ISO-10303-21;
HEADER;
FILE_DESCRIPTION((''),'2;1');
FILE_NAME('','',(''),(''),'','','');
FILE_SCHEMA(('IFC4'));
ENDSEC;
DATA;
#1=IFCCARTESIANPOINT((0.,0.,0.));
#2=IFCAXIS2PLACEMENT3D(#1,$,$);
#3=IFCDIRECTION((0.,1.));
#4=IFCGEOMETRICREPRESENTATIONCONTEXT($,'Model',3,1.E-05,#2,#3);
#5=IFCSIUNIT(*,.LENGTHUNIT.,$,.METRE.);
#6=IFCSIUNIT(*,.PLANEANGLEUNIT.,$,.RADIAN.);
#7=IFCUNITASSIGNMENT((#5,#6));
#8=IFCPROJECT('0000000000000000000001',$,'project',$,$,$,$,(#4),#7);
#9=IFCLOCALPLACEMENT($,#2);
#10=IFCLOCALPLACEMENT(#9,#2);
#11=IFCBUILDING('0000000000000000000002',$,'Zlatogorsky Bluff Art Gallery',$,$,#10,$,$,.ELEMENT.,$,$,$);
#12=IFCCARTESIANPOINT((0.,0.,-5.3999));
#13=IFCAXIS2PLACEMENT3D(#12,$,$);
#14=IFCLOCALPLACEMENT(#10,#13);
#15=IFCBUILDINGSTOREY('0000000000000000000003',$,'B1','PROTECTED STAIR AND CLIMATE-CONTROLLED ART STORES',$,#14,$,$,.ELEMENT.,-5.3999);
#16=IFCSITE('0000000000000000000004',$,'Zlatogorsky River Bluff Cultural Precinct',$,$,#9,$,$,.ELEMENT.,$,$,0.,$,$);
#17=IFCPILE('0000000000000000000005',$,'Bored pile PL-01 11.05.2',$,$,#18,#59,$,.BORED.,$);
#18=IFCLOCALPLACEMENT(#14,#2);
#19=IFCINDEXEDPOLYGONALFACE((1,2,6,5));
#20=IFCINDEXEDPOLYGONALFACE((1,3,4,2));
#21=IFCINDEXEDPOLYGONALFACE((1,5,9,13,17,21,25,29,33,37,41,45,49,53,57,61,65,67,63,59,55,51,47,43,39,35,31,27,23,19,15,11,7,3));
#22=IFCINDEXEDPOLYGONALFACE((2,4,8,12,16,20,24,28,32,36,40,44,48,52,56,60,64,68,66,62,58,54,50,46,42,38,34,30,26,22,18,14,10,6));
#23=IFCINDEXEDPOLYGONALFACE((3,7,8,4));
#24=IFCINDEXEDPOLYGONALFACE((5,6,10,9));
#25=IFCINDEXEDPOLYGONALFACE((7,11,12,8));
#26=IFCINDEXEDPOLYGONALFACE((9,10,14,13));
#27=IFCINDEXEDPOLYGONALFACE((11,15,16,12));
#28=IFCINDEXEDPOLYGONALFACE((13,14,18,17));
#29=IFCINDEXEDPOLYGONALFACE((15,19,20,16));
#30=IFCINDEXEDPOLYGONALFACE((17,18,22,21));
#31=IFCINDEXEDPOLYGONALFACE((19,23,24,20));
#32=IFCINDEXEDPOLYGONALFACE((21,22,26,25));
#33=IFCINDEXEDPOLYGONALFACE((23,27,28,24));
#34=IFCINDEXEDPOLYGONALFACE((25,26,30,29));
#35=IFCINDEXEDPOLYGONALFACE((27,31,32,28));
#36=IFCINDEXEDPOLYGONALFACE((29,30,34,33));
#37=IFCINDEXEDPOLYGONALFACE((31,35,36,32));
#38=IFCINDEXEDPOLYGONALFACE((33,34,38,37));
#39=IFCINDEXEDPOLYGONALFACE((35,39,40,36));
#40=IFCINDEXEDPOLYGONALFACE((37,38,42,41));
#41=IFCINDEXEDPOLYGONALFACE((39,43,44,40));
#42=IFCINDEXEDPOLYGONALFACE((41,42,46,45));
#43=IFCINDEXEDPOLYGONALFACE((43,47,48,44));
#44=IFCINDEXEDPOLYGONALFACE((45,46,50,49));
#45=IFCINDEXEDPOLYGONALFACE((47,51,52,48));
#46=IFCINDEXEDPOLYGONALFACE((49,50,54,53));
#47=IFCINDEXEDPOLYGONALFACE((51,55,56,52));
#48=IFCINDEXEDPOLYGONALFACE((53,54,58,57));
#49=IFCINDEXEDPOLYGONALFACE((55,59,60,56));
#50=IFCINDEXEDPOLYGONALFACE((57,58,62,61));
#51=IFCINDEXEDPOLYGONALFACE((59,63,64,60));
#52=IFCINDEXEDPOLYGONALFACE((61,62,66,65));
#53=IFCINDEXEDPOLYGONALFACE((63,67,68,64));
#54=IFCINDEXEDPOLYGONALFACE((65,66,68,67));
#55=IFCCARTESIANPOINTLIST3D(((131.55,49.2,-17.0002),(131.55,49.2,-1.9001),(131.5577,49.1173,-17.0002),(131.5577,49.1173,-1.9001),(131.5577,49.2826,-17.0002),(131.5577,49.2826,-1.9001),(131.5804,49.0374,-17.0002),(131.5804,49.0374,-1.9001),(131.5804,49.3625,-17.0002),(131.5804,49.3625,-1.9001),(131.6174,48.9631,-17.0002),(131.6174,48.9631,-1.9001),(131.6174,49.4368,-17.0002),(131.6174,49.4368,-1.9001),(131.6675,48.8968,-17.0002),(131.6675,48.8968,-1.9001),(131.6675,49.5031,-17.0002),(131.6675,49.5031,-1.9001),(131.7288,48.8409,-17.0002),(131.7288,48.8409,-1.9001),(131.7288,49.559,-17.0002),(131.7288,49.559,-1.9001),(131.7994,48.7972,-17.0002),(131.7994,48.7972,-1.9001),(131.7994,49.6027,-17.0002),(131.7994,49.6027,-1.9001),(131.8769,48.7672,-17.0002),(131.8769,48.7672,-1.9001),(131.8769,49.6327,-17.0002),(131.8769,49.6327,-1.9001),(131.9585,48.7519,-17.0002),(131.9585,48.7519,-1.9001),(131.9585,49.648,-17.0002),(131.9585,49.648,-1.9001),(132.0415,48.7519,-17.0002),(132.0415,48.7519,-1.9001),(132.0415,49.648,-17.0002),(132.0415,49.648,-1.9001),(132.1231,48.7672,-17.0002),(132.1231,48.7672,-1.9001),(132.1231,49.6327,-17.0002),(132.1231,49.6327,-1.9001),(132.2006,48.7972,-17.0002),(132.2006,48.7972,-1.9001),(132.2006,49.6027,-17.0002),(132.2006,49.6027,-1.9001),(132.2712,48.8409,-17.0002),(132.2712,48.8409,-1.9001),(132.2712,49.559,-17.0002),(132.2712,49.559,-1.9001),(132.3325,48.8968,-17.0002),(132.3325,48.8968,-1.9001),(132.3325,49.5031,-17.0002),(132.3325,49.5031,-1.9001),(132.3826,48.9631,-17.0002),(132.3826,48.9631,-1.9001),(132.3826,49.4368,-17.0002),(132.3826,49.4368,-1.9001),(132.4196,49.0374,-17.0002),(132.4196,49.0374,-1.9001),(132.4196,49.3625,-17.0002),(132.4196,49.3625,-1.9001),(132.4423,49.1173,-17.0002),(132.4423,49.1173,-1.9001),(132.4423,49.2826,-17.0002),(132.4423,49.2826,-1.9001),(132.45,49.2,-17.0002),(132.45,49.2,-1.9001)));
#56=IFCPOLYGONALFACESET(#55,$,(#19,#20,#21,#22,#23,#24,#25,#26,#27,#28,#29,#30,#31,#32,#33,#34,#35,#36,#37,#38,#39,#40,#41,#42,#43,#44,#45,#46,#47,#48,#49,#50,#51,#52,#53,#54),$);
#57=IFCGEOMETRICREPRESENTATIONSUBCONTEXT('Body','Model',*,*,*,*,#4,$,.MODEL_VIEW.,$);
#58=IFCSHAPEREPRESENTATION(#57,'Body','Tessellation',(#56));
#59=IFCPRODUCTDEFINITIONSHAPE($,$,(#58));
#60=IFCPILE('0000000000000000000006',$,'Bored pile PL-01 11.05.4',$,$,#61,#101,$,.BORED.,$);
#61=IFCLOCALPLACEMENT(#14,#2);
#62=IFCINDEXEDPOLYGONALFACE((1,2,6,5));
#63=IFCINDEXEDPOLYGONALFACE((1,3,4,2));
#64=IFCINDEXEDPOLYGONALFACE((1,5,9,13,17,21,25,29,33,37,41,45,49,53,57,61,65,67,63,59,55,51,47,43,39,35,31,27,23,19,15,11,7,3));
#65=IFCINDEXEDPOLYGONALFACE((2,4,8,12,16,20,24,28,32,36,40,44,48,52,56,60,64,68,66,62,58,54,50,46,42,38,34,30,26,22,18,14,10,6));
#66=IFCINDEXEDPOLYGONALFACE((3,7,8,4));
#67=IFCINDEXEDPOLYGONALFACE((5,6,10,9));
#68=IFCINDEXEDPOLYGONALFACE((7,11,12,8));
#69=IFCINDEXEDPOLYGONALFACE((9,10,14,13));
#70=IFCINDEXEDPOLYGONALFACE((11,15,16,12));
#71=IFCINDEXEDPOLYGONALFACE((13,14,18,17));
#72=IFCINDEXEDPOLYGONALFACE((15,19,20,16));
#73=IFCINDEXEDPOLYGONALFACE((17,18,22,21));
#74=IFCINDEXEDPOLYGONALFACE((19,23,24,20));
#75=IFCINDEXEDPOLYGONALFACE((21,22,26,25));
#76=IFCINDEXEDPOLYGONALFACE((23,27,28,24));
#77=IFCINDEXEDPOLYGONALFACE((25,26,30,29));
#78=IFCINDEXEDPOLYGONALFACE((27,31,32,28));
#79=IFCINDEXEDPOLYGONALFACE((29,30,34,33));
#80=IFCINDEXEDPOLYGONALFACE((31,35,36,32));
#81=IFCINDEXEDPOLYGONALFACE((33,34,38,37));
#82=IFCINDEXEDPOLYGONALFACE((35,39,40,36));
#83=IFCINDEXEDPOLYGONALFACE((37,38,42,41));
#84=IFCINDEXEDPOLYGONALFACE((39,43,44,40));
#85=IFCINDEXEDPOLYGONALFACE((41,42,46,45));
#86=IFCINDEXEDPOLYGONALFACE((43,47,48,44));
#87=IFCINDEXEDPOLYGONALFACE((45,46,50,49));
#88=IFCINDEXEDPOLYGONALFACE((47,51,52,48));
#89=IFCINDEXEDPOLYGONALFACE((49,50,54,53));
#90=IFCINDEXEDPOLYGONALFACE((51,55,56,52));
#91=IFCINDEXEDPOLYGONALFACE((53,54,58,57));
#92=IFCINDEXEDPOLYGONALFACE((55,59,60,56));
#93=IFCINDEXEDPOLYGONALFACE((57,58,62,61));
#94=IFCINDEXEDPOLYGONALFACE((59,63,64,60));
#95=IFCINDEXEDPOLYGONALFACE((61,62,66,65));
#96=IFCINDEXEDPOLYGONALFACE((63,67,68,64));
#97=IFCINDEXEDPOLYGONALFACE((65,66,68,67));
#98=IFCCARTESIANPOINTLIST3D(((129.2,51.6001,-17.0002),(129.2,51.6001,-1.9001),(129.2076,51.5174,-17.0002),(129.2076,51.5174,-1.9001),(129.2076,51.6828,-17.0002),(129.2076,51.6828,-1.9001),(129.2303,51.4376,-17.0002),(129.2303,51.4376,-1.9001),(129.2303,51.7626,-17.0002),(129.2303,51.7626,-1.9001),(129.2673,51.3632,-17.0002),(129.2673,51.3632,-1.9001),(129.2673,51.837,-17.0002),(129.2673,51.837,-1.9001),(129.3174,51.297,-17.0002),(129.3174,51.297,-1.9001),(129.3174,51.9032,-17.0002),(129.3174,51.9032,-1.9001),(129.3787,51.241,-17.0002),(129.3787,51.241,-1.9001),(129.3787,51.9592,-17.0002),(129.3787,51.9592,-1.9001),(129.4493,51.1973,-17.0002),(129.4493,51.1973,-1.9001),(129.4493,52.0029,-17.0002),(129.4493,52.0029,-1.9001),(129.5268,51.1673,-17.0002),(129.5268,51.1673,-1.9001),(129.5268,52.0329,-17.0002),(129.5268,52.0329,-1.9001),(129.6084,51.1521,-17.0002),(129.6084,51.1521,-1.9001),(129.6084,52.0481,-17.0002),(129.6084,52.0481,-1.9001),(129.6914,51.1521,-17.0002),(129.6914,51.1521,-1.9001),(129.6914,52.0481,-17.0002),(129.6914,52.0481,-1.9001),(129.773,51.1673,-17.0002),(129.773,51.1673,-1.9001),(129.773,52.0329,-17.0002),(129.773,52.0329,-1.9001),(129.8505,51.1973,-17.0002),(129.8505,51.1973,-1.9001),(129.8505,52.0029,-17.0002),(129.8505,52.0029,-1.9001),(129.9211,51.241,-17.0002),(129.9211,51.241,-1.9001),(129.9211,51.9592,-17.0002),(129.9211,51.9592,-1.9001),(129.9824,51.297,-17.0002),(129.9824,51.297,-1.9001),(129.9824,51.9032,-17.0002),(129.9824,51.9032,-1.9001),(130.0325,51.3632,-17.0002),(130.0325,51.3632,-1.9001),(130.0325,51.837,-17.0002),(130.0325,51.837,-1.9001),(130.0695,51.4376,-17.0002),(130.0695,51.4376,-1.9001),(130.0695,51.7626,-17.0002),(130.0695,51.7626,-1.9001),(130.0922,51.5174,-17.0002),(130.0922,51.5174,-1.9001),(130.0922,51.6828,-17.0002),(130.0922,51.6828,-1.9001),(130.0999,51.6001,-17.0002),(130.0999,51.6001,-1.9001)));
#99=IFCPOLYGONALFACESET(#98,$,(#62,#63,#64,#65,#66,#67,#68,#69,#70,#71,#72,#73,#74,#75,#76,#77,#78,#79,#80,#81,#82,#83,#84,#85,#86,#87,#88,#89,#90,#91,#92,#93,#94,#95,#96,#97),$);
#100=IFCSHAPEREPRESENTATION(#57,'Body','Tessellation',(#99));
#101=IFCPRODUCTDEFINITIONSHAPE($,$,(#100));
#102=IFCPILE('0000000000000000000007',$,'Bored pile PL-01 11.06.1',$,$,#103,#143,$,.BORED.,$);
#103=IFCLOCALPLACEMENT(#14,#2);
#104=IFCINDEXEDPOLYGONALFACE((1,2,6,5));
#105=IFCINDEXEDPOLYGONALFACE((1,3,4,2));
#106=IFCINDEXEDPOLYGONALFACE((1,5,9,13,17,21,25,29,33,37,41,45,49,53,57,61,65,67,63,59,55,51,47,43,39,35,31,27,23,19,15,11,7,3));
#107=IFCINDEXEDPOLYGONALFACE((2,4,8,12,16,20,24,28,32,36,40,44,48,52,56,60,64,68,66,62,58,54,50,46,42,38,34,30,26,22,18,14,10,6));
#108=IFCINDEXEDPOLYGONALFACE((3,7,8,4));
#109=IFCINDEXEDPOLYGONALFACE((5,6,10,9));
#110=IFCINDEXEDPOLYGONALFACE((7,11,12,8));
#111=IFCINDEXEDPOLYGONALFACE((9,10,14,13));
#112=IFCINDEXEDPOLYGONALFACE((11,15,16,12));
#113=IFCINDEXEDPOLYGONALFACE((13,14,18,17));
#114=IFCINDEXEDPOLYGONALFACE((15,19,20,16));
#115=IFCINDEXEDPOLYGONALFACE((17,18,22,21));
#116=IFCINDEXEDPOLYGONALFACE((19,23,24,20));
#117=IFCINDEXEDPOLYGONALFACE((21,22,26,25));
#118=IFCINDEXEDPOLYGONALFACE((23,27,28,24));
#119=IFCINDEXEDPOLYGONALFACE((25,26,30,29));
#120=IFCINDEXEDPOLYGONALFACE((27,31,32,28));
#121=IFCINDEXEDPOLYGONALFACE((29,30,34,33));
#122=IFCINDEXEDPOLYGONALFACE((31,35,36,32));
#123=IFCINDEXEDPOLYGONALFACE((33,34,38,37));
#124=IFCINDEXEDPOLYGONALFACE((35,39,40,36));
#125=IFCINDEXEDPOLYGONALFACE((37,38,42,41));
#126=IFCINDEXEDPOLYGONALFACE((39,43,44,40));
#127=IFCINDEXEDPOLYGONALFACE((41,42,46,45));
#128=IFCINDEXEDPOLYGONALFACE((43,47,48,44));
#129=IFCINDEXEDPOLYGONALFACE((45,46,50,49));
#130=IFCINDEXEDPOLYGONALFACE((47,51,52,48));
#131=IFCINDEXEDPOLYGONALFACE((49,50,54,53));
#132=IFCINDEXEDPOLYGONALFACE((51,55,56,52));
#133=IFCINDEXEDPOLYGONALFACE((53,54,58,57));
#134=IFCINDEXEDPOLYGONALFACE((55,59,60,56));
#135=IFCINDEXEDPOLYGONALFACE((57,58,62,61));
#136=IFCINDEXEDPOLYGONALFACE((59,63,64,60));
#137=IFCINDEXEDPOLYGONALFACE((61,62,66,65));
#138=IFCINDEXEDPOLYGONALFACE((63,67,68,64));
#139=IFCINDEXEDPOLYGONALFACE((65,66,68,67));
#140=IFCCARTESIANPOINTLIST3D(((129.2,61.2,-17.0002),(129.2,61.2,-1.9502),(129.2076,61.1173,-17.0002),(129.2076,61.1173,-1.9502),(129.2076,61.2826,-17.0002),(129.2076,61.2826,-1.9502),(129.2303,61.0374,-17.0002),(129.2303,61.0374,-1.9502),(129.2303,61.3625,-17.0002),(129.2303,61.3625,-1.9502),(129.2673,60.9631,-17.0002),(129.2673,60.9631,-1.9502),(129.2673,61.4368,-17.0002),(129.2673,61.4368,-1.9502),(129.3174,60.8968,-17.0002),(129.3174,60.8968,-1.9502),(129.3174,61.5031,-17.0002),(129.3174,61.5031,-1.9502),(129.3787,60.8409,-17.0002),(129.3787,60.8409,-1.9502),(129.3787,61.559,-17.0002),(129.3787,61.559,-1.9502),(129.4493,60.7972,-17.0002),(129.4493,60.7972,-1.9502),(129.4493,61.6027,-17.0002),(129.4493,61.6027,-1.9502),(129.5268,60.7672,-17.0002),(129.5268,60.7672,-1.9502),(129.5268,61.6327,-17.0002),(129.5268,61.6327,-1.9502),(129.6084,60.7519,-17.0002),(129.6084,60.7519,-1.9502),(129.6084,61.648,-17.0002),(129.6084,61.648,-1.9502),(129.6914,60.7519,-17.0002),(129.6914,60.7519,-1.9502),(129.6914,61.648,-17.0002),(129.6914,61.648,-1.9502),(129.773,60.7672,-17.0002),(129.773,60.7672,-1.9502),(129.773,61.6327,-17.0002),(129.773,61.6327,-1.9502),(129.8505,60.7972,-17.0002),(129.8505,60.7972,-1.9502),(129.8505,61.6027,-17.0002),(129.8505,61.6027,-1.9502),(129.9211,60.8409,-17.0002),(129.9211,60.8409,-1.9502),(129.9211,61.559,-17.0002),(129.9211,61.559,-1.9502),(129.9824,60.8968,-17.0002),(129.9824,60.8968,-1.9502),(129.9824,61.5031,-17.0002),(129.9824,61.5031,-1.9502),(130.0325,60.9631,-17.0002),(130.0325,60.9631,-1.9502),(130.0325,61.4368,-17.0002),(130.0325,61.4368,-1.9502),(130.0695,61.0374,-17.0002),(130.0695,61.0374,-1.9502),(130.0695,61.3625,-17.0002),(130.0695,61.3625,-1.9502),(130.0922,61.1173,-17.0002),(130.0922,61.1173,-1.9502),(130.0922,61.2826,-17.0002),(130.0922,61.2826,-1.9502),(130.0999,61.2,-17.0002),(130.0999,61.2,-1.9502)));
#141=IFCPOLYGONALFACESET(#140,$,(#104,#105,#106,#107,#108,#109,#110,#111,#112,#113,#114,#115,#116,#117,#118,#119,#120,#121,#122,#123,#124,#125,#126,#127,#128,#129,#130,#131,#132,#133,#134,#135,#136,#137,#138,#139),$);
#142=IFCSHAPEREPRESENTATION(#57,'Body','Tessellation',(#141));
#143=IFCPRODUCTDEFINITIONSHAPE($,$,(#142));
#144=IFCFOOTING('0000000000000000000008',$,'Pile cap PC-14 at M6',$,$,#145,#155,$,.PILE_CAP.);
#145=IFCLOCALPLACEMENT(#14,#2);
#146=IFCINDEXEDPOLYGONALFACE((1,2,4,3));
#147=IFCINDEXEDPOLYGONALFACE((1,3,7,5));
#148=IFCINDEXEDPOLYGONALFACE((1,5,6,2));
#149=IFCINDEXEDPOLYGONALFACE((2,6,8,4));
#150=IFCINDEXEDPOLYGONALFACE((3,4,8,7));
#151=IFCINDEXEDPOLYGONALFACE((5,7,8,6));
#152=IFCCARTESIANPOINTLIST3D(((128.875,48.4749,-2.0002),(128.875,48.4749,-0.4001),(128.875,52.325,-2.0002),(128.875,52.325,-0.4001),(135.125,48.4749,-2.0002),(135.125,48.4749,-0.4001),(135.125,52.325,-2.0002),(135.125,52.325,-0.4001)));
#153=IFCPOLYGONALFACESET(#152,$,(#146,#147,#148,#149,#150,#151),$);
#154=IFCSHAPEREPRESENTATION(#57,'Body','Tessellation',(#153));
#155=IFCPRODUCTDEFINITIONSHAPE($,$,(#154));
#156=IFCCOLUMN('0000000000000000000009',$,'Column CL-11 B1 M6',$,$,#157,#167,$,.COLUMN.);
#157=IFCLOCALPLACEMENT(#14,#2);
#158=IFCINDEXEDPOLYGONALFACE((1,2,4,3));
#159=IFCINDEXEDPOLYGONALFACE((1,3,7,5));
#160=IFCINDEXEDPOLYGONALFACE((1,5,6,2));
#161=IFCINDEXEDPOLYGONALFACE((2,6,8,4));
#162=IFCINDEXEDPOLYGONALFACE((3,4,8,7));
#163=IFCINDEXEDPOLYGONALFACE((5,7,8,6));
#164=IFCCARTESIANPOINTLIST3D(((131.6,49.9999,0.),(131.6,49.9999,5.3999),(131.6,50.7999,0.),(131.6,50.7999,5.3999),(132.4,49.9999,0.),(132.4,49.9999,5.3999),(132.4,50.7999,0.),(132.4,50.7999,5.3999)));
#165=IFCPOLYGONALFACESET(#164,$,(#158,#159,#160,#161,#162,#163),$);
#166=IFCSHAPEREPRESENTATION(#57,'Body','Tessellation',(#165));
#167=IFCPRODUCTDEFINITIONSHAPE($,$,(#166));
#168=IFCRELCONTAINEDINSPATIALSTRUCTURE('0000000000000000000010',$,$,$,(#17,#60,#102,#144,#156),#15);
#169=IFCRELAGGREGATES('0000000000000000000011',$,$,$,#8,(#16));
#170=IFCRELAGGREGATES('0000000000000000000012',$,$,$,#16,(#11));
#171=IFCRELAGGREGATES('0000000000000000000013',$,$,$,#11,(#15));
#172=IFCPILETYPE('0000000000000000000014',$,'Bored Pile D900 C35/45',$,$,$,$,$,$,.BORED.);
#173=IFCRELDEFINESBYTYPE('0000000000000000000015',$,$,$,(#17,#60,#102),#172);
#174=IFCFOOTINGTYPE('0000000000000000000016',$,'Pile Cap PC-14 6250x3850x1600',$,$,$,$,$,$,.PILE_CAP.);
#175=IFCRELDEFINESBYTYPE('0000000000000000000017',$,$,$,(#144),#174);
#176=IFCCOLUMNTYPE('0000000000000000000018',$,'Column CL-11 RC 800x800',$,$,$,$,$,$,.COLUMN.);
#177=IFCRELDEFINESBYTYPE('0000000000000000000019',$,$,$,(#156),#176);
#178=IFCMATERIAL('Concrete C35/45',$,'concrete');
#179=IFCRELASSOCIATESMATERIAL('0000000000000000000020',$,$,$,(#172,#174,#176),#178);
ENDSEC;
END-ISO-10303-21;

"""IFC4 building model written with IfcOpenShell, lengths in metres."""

from ifc_helpers import new_model, si_unit, direction, frame, origin, origin_2d, place, context, subcontext, project, spatial, rectangle, circle, extrude, material, material_profile, profile_set, type_object, element, save


model = new_model("IFC4")

# Units and contexts
model_context = context("Model", 3, precision=1e-05, world=origin(), true_north=direction((0.0, 1.0)))
body_context = subcontext(model_context, "Body", "Model", "MODEL_VIEW")
ifc_project = project(units=[si_unit("LENGTHUNIT", "METRE"), si_unit("PLANEANGLEUNIT", "RADIAN")], contexts=[model_context])

# Site, building, storey
site_placement = place(None, origin())
site = spatial("IfcSite", under=ifc_project, at=site_placement, Name="Zlatogorsky River Bluff Cultural Precinct", CompositionType="ELEMENT", RefElevation=0.0)
building_placement = place(site_placement, origin())
building = spatial("IfcBuilding", under=site, at=building_placement, Name="Zlatogorsky Bluff Art Gallery", CompositionType="ELEMENT")
storey_placement = place(building_placement, frame((0.0, 0.0, -5.3999)))
storey = spatial("IfcBuildingStorey", under=building, at=storey_placement, Name="B1", Description="PROTECTED STAIR AND CLIMATE-CONTROLLED ART STORES", CompositionType="ELEMENT", Elevation=-5.3999)

# Piles
ifc_material_1 = material(Name="Concrete C35/45", Category="concrete")
ifc_material_profile_1 = material_profile(ifc_material_1, circle(Radius=0.45, at=origin_2d()), Name="BORED PILE D900")
ifc_profile_set_1 = profile_set([ifc_material_profile_1], Name="Concrete C35/45")
pile_type = type_object("IfcPileType", Name="Bored Pile D900 C35/45", PredefinedType="BORED", material=ifc_profile_set_1)
for number, where, z_axis, x_axis, name in (
    (1, (132.0, 49.2, -1.9001), (0.0, 0.0, -1.0), (1.0, 0.0, 0.0), "Bored pile PL-01 11.05.2"),
    (2, (129.6499, 51.6001, -1.9001), (0.0, 0.0, -1.0), (1.0, 0.0, 0.0), "Bored pile PL-01 11.05.4"),
):
    element("IfcPile", number, at=place(storey_placement, frame(where, z_axis=z_axis, x_axis=x_axis)), inside=storey, type_object=pile_type, Name=name, PredefinedType="BORED", context=body_context, shape_type="SweptSolid", body=[
        extrude(circle(Radius=0.45, at=origin_2d()), origin(), (0.0, 0.0, 1.0), 15.1001),
    ])
pile_placement = place(storey_placement, frame((129.6499, 61.2, -1.9502), z_axis=(0.0, 0.0, -1.0), x_axis=(1.0, 0.0, 0.0)))
element("IfcPile", 3, at=pile_placement, inside=storey, type_object=pile_type, Name="Bored pile PL-01 11.06.1", PredefinedType="BORED", context=body_context, shape_type="SweptSolid", body=[
    extrude(circle(Radius=0.45, at=origin_2d()), origin(), (0.0, 0.0, 1.0), 15.05),
])

# Footing
footing_type = type_object("IfcFootingType", Name="Pile Cap PC-14 6250x3850x1600", PredefinedType="PILE_CAP", material=ifc_material_1)
footing_placement = place(storey_placement, frame((132.0, 50.3999, -2.0002), z_axis=(0.0, 0.0, 1.0), x_axis=(1.0, 0.0, 0.0)))
element("IfcFooting", 4, at=footing_placement, inside=storey, type_object=footing_type, Name="Pile cap PC-14 at M6", PredefinedType="PILE_CAP", context=body_context, shape_type="SweptSolid", body=[
    extrude(rectangle(XDim=6.25, YDim=3.8501, at=origin_2d()), origin(), (0.0, 0.0, 1.0), 1.6001),
])

# Column
ifc_material_profile_2 = material_profile(ifc_material_1, rectangle(XDim=0.8, YDim=0.8, at=origin_2d()), Name="RC 800x800")
ifc_profile_set_2 = profile_set([ifc_material_profile_2], Name="Concrete C35/45")
column_type = type_object("IfcColumnType", Name="Column CL-11 RC 800x800", PredefinedType="COLUMN", material=ifc_profile_set_2)
column_placement = place(storey_placement, frame((132.0, 50.3999, 0.0), z_axis=(0.0, 0.0, 1.0), x_axis=(1.0, 0.0, 0.0)))
element("IfcColumn", 5, at=column_placement, inside=storey, type_object=column_type, Name="Column CL-11 B1 M6", PredefinedType="COLUMN", context=body_context, shape_type="SweptSolid", body=[
    extrude(rectangle(XDim=0.8, YDim=0.8, at=origin_2d()), origin(), (0.0, 0.0, 1.0), 5.3999),
])

save(model, "model.ifc")
